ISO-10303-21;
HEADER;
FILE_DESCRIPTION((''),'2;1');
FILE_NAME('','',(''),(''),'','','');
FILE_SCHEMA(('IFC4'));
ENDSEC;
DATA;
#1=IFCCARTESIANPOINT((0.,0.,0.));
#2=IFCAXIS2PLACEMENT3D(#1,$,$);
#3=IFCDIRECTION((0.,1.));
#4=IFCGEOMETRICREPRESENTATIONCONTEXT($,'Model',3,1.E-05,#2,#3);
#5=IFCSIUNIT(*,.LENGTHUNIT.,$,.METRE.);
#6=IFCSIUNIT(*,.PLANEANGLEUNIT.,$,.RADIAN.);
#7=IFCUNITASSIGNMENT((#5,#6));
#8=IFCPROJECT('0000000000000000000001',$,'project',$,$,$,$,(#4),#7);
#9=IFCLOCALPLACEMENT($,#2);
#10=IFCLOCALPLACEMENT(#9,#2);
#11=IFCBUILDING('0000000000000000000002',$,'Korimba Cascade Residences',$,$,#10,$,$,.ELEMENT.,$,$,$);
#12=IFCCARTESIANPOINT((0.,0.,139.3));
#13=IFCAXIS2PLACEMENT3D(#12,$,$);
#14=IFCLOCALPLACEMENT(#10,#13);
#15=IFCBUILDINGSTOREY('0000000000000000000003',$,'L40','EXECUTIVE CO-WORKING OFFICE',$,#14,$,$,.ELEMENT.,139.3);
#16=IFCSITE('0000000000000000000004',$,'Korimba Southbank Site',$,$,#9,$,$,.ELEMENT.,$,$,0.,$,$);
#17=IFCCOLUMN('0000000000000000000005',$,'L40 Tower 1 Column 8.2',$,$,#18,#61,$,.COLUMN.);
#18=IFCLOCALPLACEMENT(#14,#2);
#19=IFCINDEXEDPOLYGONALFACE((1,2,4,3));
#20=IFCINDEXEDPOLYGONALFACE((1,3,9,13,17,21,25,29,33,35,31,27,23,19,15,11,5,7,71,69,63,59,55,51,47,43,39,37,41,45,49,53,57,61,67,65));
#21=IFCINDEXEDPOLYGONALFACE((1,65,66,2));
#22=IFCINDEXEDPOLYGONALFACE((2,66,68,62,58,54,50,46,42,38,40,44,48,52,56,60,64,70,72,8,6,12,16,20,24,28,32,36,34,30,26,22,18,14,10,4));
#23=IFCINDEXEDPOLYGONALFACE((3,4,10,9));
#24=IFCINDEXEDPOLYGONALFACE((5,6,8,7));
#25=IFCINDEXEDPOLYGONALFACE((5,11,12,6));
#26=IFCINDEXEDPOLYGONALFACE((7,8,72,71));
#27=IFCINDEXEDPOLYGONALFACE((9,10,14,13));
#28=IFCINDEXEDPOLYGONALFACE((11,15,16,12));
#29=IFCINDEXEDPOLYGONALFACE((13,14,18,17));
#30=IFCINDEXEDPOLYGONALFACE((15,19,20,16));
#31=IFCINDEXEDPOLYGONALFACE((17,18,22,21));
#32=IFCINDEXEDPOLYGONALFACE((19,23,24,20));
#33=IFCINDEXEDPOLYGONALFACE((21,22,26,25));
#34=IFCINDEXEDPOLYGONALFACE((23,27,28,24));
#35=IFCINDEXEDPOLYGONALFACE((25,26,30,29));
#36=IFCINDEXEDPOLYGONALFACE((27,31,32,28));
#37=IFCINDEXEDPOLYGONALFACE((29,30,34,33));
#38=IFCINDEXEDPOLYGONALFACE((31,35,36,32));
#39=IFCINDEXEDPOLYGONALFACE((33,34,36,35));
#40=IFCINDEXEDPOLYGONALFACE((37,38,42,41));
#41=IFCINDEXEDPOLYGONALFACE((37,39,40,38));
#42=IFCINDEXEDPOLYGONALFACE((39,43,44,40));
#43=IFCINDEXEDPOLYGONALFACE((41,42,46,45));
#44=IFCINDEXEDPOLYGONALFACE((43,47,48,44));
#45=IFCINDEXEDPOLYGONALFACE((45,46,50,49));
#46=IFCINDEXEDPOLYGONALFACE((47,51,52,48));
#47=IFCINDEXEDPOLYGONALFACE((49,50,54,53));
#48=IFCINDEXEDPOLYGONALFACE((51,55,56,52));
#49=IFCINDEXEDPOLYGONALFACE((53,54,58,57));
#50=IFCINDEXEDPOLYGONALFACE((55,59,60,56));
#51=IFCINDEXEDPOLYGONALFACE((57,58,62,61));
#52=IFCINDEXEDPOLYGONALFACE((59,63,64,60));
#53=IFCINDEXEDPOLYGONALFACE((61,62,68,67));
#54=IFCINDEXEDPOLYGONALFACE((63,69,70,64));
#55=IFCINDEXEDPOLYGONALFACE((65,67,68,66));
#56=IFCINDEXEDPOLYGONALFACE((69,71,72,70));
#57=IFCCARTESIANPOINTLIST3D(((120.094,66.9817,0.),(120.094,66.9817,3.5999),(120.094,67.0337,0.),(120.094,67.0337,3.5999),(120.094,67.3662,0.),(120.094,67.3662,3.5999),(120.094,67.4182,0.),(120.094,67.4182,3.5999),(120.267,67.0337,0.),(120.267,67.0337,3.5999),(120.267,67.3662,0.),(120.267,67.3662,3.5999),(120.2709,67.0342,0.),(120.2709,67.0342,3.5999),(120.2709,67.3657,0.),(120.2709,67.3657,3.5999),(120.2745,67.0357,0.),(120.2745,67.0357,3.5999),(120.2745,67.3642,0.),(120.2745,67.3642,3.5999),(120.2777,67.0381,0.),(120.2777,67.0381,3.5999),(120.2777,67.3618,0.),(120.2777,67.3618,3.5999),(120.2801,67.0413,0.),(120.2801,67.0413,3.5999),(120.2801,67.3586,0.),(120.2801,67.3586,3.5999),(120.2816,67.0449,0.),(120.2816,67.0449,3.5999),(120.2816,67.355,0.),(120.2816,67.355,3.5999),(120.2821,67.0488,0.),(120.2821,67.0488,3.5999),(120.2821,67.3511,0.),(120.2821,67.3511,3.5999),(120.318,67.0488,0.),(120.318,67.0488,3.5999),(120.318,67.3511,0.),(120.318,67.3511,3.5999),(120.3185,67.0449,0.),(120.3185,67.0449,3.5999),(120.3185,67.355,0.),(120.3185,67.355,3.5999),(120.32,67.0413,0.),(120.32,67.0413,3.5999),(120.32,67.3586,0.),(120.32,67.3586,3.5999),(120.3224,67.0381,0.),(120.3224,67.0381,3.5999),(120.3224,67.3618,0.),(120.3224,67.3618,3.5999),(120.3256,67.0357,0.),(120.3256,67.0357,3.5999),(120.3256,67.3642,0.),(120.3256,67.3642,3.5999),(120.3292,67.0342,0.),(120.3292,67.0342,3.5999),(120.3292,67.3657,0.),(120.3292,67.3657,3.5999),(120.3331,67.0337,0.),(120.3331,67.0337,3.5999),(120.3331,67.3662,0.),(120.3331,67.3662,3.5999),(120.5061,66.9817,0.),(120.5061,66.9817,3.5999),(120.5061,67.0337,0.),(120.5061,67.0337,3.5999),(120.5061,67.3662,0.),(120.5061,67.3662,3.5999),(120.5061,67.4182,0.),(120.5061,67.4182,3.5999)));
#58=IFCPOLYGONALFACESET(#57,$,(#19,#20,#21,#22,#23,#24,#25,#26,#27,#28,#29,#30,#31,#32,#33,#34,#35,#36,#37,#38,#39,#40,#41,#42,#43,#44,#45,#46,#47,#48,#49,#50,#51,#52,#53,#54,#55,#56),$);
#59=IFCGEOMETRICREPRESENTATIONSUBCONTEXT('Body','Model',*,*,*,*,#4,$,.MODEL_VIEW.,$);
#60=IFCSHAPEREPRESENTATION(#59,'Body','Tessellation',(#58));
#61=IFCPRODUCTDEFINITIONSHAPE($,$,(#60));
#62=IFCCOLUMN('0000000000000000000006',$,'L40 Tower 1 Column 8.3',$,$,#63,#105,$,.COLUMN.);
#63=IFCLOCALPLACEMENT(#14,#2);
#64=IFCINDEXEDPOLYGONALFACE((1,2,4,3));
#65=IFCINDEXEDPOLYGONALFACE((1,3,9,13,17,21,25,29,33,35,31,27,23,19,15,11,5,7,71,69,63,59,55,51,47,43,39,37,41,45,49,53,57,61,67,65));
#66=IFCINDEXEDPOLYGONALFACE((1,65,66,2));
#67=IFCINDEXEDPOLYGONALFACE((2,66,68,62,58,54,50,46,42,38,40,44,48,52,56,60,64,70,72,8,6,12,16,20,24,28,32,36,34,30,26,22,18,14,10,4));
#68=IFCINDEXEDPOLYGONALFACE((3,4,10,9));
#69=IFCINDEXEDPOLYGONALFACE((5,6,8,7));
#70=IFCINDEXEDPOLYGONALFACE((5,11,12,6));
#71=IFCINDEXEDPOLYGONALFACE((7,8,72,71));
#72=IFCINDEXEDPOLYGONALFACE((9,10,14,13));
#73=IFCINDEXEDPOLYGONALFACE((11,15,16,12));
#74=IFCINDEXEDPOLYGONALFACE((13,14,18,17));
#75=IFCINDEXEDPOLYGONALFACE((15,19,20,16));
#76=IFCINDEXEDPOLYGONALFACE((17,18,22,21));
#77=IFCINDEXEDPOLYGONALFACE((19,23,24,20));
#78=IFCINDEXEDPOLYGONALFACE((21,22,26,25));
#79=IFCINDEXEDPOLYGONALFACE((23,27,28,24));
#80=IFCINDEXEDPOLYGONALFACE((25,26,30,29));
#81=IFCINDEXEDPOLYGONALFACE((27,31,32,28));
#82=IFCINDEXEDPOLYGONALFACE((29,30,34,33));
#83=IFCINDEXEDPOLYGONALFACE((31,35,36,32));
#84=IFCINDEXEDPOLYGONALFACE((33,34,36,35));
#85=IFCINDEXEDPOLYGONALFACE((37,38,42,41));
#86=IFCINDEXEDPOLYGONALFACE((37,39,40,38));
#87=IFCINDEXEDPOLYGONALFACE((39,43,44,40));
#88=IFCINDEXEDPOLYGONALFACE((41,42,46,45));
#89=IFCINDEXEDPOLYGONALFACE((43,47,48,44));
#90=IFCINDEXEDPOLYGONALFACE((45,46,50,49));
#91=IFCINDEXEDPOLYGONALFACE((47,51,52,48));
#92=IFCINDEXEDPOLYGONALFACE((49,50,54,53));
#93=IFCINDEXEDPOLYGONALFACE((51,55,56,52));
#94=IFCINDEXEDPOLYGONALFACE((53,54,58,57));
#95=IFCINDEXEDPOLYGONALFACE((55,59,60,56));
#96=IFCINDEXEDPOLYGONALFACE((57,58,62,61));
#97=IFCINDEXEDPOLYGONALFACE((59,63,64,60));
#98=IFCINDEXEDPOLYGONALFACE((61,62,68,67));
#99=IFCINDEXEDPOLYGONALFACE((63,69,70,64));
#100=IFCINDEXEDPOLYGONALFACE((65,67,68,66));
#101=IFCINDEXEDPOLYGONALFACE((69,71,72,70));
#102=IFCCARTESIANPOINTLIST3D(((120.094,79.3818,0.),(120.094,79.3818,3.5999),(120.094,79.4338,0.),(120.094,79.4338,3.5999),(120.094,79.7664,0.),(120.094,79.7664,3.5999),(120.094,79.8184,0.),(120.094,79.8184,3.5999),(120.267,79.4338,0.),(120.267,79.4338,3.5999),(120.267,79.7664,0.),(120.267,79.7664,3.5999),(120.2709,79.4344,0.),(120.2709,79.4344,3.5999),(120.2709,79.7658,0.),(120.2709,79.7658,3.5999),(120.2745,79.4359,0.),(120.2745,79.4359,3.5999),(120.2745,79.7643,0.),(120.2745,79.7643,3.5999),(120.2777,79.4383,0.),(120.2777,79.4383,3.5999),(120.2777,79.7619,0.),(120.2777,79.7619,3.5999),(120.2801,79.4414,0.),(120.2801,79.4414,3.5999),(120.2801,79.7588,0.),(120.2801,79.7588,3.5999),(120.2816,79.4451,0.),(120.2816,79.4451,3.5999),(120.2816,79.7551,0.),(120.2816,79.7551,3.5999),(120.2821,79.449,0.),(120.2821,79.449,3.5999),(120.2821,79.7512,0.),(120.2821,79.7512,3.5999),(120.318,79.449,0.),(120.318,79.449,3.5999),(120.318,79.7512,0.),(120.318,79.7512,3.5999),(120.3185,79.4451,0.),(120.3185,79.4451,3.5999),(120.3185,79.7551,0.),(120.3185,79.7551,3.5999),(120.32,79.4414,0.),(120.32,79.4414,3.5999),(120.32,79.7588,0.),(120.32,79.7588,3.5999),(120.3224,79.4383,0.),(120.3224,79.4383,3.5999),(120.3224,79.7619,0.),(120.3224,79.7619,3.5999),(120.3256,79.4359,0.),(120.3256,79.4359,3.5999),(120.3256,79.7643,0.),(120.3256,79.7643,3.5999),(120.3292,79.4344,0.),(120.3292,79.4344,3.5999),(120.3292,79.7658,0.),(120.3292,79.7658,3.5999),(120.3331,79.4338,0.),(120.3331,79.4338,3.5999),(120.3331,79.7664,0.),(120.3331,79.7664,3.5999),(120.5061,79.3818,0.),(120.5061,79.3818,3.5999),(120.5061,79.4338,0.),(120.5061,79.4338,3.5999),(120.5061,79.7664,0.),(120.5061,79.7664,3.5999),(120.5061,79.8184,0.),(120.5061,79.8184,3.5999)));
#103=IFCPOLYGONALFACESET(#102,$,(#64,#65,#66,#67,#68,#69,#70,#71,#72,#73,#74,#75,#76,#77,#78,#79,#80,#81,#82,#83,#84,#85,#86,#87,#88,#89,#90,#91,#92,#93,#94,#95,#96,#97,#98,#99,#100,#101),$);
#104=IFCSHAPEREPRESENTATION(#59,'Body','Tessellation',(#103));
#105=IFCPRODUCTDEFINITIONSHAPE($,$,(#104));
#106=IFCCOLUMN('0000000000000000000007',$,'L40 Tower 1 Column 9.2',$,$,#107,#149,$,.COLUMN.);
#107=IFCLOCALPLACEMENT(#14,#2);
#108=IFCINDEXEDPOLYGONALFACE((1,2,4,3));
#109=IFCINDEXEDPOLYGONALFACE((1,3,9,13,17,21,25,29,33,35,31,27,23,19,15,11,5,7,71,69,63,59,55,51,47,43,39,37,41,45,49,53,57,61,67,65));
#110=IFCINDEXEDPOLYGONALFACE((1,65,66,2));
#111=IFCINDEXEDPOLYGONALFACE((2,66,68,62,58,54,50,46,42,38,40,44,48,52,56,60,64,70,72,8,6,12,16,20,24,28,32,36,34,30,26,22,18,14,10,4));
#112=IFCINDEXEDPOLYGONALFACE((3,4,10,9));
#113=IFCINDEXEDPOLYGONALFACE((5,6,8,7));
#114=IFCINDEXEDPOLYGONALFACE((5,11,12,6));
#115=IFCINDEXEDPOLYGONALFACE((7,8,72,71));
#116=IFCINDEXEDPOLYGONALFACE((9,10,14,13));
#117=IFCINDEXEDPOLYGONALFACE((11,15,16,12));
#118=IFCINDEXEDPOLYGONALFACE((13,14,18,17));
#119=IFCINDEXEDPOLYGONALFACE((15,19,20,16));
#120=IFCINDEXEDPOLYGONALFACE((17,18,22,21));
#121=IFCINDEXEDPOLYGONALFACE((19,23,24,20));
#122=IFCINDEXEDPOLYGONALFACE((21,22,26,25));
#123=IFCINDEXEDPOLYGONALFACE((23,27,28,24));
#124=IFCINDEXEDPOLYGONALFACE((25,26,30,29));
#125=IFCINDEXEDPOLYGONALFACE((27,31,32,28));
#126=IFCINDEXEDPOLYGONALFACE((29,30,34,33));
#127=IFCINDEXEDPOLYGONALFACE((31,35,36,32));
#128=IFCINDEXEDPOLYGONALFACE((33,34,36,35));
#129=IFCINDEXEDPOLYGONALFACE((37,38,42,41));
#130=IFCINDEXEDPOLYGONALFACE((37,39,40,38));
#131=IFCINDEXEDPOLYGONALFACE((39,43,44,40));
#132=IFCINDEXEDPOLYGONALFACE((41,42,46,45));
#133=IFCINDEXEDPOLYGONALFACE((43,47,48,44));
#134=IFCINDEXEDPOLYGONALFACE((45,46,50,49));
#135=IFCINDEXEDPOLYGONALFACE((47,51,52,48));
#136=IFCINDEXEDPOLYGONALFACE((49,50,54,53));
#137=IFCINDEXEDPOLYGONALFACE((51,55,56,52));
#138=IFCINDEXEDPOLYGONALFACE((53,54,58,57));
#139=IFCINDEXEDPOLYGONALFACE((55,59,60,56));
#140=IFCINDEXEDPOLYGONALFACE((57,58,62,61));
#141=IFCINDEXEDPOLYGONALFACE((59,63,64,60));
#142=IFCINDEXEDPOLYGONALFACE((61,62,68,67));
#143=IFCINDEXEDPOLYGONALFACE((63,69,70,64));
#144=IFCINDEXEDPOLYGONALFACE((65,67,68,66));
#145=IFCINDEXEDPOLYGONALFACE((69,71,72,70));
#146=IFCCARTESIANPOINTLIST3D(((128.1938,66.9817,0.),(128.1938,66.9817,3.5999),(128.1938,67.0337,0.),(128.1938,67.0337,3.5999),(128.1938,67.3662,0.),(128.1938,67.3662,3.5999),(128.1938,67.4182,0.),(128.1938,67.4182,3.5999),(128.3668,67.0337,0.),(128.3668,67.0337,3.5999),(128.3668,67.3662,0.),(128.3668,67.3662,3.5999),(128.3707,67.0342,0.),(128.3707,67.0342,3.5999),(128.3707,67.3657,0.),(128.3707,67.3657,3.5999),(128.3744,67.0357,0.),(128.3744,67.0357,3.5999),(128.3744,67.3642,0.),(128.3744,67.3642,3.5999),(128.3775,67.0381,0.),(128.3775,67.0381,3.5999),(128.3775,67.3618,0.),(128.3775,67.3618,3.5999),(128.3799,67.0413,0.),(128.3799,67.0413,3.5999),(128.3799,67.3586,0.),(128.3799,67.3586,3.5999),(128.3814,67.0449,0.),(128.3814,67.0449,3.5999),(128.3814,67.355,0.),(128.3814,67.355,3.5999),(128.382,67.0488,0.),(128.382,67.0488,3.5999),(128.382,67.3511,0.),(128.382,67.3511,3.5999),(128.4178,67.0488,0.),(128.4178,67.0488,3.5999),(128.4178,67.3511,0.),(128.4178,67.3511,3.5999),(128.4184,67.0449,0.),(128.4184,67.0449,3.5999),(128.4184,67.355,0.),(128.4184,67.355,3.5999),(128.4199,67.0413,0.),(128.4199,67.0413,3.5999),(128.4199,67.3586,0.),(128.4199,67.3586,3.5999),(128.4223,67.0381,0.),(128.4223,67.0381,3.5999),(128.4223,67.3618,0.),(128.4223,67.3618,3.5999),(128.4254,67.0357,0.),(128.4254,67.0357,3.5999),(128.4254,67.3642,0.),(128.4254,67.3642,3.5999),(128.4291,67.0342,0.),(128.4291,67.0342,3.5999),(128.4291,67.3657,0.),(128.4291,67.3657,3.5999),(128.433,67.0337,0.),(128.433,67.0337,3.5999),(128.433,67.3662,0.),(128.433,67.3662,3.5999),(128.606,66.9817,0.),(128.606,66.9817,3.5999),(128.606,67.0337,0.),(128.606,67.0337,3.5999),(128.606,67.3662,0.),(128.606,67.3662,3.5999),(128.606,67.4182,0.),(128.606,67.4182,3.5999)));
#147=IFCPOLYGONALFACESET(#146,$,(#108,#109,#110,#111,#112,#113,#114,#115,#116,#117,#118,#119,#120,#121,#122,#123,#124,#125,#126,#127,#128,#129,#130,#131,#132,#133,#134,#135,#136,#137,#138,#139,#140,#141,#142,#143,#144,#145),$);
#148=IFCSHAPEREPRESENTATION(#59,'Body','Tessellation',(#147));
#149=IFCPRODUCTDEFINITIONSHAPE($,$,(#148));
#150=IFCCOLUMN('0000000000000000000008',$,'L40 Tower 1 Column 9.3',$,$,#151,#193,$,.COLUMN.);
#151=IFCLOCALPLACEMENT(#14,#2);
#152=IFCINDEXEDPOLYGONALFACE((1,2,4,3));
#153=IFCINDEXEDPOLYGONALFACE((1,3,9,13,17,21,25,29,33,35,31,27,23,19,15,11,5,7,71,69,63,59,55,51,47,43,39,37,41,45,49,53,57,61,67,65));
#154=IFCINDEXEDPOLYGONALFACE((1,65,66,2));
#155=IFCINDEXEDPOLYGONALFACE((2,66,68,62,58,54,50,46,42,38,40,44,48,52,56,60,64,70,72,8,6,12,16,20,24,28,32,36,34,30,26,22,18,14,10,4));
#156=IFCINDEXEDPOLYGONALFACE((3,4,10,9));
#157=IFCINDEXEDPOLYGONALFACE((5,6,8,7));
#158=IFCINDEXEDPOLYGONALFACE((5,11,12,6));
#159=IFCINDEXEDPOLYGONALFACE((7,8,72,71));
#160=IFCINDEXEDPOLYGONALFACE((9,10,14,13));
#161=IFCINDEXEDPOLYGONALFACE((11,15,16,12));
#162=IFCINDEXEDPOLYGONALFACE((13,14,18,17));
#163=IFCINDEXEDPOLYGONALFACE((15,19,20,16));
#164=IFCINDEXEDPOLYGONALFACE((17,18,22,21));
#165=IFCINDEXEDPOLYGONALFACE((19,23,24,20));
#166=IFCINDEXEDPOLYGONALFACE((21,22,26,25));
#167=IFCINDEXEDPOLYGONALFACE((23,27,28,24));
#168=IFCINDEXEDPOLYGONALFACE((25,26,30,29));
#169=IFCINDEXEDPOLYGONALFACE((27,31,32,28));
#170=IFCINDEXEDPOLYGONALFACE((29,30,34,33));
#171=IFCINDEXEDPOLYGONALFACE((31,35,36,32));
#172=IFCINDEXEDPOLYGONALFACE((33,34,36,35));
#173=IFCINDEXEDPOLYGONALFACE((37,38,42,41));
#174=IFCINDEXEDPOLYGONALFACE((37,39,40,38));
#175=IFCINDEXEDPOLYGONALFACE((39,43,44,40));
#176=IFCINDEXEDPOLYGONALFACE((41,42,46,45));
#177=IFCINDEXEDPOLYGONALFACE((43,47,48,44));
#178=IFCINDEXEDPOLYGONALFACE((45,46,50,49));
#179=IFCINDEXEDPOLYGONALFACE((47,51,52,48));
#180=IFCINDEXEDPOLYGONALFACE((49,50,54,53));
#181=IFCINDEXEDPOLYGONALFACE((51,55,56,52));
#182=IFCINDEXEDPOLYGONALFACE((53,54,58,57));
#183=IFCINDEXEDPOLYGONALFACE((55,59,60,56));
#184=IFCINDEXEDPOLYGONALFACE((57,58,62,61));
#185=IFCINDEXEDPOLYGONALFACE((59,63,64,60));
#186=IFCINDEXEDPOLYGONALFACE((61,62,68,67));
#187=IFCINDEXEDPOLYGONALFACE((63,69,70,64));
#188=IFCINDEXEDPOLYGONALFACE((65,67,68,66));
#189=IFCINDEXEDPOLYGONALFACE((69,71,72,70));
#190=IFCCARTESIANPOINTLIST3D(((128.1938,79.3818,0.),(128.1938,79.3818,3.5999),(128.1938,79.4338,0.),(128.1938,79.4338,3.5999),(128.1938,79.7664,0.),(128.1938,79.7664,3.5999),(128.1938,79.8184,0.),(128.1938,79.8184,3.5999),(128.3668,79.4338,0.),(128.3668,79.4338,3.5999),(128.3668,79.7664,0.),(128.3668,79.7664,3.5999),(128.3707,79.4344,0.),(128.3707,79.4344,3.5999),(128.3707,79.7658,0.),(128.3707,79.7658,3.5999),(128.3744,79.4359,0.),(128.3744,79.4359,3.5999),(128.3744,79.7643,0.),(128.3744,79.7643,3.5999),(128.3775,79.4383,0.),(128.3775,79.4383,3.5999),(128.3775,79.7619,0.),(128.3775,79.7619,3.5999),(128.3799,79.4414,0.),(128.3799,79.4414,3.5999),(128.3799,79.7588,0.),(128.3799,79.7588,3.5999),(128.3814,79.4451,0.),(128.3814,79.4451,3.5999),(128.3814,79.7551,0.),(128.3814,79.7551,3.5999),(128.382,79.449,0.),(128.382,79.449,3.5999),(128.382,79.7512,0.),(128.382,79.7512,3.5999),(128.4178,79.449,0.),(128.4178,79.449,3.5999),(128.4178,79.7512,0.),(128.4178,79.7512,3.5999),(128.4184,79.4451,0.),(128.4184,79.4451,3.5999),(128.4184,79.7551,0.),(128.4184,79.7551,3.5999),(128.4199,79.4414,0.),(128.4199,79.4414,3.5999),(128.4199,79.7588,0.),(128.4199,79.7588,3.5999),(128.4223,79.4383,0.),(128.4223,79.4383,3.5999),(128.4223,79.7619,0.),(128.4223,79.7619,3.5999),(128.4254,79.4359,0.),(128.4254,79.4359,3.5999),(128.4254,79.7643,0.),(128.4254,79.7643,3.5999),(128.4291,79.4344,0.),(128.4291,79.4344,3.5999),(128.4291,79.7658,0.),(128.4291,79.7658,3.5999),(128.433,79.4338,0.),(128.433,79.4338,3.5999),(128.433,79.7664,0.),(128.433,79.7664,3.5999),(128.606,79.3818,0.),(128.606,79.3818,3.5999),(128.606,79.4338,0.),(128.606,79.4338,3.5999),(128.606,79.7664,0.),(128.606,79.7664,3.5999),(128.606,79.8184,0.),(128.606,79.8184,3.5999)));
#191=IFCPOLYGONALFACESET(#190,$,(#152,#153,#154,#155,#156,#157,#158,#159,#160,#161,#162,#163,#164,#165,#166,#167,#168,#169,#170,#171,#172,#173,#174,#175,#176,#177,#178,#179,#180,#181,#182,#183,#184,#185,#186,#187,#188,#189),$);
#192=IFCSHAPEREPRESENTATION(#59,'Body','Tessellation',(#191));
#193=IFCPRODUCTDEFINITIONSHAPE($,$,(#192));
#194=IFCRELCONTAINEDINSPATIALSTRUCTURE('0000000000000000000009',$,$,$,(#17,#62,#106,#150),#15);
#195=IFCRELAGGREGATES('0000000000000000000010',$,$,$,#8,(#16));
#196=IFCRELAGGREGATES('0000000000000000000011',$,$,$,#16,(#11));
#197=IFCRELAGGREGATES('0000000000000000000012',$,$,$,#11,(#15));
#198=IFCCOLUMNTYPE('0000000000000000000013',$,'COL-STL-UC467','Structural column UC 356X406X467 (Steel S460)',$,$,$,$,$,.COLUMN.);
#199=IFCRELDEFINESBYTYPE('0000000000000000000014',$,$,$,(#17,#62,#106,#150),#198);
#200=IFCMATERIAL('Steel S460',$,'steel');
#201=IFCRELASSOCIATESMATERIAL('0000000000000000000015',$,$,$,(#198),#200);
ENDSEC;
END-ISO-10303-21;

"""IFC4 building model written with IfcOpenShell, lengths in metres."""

from ifc_helpers import new_model, si_unit, direction, frame, origin, origin_2d, place, context, subcontext, project, spatial, i_section, extrude, material, material_profile, profile_set, type_object, element, save


model = new_model("IFC4")

# Units and contexts
model_context = context("Model", 3, precision=1e-05, world=origin(), true_north=direction((0.0, 1.0)))
body_context = subcontext(model_context, "Body", "Model", "MODEL_VIEW")
ifc_project = project(units=[si_unit("LENGTHUNIT", "METRE"), si_unit("PLANEANGLEUNIT", "RADIAN")], contexts=[model_context])

# Site, building, storey
site_placement = place(None, origin())
site = spatial("IfcSite", under=ifc_project, at=site_placement, Name="Korimba Southbank Site", CompositionType="ELEMENT", RefElevation=0.0)
building_placement = place(site_placement, origin())
building = spatial("IfcBuilding", under=site, at=building_placement, Name="Korimba Cascade Residences", CompositionType="ELEMENT")
storey_placement = place(building_placement, frame((0.0, 0.0, 139.3)))
storey = spatial("IfcBuildingStorey", under=building, at=storey_placement, Name="L40", Description="EXECUTIVE CO-WORKING OFFICE", CompositionType="ELEMENT", Elevation=139.3)

# Columns
ifc_material_1 = material(Name="Steel S460", Category="steel")
ifc_material_profile_1 = material_profile(ifc_material_1, i_section(OverallWidth=0.4121, OverallDepth=0.4365, WebThickness=0.0359, FlangeThickness=0.052, FilletRadius=0.0151, at=origin_2d()), Name="Steel S460")
ifc_profile_set_1 = profile_set([ifc_material_profile_1], Name="Steel S460")
column_type = type_object("IfcColumnType", Name="COL-STL-UC467", Description="Structural column UC 356X406X467 (Steel S460)", PredefinedType="COLUMN", material=ifc_profile_set_1)
for number, where, z_axis, x_axis, name in (
    (1, (120.3, 67.2, 0.0), (0.0, 0.0, 1.0), (1.0, 0.0, 0.0), "L40 Tower 1 Column 8.2"),
    (2, (120.3, 79.6001, 0.0), (0.0, 0.0, 1.0), (1.0, 0.0, 0.0), "L40 Tower 1 Column 8.3"),
    (3, (128.3999, 67.2, 0.0), (0.0, 0.0, 1.0), (1.0, 0.0, 0.0), "L40 Tower 1 Column 9.2"),
    (4, (128.3999, 79.6001, 0.0), (0.0, 0.0, 1.0), (1.0, 0.0, 0.0), "L40 Tower 1 Column 9.3"),
):
    element("IfcColumn", number, at=place(storey_placement, frame(where, z_axis=z_axis, x_axis=x_axis)), inside=storey, type_object=column_type, Name=name, PredefinedType="COLUMN", context=body_context, shape_type="SweptSolid", body=[
        extrude(i_section(OverallWidth=0.4121, OverallDepth=0.4365, WebThickness=0.0359, FlangeThickness=0.052, FilletRadius=0.0151, at=origin_2d()), origin(), (0.0, 0.0, 1.0), 3.5999),
    ])

save(model, "model.ifc")
